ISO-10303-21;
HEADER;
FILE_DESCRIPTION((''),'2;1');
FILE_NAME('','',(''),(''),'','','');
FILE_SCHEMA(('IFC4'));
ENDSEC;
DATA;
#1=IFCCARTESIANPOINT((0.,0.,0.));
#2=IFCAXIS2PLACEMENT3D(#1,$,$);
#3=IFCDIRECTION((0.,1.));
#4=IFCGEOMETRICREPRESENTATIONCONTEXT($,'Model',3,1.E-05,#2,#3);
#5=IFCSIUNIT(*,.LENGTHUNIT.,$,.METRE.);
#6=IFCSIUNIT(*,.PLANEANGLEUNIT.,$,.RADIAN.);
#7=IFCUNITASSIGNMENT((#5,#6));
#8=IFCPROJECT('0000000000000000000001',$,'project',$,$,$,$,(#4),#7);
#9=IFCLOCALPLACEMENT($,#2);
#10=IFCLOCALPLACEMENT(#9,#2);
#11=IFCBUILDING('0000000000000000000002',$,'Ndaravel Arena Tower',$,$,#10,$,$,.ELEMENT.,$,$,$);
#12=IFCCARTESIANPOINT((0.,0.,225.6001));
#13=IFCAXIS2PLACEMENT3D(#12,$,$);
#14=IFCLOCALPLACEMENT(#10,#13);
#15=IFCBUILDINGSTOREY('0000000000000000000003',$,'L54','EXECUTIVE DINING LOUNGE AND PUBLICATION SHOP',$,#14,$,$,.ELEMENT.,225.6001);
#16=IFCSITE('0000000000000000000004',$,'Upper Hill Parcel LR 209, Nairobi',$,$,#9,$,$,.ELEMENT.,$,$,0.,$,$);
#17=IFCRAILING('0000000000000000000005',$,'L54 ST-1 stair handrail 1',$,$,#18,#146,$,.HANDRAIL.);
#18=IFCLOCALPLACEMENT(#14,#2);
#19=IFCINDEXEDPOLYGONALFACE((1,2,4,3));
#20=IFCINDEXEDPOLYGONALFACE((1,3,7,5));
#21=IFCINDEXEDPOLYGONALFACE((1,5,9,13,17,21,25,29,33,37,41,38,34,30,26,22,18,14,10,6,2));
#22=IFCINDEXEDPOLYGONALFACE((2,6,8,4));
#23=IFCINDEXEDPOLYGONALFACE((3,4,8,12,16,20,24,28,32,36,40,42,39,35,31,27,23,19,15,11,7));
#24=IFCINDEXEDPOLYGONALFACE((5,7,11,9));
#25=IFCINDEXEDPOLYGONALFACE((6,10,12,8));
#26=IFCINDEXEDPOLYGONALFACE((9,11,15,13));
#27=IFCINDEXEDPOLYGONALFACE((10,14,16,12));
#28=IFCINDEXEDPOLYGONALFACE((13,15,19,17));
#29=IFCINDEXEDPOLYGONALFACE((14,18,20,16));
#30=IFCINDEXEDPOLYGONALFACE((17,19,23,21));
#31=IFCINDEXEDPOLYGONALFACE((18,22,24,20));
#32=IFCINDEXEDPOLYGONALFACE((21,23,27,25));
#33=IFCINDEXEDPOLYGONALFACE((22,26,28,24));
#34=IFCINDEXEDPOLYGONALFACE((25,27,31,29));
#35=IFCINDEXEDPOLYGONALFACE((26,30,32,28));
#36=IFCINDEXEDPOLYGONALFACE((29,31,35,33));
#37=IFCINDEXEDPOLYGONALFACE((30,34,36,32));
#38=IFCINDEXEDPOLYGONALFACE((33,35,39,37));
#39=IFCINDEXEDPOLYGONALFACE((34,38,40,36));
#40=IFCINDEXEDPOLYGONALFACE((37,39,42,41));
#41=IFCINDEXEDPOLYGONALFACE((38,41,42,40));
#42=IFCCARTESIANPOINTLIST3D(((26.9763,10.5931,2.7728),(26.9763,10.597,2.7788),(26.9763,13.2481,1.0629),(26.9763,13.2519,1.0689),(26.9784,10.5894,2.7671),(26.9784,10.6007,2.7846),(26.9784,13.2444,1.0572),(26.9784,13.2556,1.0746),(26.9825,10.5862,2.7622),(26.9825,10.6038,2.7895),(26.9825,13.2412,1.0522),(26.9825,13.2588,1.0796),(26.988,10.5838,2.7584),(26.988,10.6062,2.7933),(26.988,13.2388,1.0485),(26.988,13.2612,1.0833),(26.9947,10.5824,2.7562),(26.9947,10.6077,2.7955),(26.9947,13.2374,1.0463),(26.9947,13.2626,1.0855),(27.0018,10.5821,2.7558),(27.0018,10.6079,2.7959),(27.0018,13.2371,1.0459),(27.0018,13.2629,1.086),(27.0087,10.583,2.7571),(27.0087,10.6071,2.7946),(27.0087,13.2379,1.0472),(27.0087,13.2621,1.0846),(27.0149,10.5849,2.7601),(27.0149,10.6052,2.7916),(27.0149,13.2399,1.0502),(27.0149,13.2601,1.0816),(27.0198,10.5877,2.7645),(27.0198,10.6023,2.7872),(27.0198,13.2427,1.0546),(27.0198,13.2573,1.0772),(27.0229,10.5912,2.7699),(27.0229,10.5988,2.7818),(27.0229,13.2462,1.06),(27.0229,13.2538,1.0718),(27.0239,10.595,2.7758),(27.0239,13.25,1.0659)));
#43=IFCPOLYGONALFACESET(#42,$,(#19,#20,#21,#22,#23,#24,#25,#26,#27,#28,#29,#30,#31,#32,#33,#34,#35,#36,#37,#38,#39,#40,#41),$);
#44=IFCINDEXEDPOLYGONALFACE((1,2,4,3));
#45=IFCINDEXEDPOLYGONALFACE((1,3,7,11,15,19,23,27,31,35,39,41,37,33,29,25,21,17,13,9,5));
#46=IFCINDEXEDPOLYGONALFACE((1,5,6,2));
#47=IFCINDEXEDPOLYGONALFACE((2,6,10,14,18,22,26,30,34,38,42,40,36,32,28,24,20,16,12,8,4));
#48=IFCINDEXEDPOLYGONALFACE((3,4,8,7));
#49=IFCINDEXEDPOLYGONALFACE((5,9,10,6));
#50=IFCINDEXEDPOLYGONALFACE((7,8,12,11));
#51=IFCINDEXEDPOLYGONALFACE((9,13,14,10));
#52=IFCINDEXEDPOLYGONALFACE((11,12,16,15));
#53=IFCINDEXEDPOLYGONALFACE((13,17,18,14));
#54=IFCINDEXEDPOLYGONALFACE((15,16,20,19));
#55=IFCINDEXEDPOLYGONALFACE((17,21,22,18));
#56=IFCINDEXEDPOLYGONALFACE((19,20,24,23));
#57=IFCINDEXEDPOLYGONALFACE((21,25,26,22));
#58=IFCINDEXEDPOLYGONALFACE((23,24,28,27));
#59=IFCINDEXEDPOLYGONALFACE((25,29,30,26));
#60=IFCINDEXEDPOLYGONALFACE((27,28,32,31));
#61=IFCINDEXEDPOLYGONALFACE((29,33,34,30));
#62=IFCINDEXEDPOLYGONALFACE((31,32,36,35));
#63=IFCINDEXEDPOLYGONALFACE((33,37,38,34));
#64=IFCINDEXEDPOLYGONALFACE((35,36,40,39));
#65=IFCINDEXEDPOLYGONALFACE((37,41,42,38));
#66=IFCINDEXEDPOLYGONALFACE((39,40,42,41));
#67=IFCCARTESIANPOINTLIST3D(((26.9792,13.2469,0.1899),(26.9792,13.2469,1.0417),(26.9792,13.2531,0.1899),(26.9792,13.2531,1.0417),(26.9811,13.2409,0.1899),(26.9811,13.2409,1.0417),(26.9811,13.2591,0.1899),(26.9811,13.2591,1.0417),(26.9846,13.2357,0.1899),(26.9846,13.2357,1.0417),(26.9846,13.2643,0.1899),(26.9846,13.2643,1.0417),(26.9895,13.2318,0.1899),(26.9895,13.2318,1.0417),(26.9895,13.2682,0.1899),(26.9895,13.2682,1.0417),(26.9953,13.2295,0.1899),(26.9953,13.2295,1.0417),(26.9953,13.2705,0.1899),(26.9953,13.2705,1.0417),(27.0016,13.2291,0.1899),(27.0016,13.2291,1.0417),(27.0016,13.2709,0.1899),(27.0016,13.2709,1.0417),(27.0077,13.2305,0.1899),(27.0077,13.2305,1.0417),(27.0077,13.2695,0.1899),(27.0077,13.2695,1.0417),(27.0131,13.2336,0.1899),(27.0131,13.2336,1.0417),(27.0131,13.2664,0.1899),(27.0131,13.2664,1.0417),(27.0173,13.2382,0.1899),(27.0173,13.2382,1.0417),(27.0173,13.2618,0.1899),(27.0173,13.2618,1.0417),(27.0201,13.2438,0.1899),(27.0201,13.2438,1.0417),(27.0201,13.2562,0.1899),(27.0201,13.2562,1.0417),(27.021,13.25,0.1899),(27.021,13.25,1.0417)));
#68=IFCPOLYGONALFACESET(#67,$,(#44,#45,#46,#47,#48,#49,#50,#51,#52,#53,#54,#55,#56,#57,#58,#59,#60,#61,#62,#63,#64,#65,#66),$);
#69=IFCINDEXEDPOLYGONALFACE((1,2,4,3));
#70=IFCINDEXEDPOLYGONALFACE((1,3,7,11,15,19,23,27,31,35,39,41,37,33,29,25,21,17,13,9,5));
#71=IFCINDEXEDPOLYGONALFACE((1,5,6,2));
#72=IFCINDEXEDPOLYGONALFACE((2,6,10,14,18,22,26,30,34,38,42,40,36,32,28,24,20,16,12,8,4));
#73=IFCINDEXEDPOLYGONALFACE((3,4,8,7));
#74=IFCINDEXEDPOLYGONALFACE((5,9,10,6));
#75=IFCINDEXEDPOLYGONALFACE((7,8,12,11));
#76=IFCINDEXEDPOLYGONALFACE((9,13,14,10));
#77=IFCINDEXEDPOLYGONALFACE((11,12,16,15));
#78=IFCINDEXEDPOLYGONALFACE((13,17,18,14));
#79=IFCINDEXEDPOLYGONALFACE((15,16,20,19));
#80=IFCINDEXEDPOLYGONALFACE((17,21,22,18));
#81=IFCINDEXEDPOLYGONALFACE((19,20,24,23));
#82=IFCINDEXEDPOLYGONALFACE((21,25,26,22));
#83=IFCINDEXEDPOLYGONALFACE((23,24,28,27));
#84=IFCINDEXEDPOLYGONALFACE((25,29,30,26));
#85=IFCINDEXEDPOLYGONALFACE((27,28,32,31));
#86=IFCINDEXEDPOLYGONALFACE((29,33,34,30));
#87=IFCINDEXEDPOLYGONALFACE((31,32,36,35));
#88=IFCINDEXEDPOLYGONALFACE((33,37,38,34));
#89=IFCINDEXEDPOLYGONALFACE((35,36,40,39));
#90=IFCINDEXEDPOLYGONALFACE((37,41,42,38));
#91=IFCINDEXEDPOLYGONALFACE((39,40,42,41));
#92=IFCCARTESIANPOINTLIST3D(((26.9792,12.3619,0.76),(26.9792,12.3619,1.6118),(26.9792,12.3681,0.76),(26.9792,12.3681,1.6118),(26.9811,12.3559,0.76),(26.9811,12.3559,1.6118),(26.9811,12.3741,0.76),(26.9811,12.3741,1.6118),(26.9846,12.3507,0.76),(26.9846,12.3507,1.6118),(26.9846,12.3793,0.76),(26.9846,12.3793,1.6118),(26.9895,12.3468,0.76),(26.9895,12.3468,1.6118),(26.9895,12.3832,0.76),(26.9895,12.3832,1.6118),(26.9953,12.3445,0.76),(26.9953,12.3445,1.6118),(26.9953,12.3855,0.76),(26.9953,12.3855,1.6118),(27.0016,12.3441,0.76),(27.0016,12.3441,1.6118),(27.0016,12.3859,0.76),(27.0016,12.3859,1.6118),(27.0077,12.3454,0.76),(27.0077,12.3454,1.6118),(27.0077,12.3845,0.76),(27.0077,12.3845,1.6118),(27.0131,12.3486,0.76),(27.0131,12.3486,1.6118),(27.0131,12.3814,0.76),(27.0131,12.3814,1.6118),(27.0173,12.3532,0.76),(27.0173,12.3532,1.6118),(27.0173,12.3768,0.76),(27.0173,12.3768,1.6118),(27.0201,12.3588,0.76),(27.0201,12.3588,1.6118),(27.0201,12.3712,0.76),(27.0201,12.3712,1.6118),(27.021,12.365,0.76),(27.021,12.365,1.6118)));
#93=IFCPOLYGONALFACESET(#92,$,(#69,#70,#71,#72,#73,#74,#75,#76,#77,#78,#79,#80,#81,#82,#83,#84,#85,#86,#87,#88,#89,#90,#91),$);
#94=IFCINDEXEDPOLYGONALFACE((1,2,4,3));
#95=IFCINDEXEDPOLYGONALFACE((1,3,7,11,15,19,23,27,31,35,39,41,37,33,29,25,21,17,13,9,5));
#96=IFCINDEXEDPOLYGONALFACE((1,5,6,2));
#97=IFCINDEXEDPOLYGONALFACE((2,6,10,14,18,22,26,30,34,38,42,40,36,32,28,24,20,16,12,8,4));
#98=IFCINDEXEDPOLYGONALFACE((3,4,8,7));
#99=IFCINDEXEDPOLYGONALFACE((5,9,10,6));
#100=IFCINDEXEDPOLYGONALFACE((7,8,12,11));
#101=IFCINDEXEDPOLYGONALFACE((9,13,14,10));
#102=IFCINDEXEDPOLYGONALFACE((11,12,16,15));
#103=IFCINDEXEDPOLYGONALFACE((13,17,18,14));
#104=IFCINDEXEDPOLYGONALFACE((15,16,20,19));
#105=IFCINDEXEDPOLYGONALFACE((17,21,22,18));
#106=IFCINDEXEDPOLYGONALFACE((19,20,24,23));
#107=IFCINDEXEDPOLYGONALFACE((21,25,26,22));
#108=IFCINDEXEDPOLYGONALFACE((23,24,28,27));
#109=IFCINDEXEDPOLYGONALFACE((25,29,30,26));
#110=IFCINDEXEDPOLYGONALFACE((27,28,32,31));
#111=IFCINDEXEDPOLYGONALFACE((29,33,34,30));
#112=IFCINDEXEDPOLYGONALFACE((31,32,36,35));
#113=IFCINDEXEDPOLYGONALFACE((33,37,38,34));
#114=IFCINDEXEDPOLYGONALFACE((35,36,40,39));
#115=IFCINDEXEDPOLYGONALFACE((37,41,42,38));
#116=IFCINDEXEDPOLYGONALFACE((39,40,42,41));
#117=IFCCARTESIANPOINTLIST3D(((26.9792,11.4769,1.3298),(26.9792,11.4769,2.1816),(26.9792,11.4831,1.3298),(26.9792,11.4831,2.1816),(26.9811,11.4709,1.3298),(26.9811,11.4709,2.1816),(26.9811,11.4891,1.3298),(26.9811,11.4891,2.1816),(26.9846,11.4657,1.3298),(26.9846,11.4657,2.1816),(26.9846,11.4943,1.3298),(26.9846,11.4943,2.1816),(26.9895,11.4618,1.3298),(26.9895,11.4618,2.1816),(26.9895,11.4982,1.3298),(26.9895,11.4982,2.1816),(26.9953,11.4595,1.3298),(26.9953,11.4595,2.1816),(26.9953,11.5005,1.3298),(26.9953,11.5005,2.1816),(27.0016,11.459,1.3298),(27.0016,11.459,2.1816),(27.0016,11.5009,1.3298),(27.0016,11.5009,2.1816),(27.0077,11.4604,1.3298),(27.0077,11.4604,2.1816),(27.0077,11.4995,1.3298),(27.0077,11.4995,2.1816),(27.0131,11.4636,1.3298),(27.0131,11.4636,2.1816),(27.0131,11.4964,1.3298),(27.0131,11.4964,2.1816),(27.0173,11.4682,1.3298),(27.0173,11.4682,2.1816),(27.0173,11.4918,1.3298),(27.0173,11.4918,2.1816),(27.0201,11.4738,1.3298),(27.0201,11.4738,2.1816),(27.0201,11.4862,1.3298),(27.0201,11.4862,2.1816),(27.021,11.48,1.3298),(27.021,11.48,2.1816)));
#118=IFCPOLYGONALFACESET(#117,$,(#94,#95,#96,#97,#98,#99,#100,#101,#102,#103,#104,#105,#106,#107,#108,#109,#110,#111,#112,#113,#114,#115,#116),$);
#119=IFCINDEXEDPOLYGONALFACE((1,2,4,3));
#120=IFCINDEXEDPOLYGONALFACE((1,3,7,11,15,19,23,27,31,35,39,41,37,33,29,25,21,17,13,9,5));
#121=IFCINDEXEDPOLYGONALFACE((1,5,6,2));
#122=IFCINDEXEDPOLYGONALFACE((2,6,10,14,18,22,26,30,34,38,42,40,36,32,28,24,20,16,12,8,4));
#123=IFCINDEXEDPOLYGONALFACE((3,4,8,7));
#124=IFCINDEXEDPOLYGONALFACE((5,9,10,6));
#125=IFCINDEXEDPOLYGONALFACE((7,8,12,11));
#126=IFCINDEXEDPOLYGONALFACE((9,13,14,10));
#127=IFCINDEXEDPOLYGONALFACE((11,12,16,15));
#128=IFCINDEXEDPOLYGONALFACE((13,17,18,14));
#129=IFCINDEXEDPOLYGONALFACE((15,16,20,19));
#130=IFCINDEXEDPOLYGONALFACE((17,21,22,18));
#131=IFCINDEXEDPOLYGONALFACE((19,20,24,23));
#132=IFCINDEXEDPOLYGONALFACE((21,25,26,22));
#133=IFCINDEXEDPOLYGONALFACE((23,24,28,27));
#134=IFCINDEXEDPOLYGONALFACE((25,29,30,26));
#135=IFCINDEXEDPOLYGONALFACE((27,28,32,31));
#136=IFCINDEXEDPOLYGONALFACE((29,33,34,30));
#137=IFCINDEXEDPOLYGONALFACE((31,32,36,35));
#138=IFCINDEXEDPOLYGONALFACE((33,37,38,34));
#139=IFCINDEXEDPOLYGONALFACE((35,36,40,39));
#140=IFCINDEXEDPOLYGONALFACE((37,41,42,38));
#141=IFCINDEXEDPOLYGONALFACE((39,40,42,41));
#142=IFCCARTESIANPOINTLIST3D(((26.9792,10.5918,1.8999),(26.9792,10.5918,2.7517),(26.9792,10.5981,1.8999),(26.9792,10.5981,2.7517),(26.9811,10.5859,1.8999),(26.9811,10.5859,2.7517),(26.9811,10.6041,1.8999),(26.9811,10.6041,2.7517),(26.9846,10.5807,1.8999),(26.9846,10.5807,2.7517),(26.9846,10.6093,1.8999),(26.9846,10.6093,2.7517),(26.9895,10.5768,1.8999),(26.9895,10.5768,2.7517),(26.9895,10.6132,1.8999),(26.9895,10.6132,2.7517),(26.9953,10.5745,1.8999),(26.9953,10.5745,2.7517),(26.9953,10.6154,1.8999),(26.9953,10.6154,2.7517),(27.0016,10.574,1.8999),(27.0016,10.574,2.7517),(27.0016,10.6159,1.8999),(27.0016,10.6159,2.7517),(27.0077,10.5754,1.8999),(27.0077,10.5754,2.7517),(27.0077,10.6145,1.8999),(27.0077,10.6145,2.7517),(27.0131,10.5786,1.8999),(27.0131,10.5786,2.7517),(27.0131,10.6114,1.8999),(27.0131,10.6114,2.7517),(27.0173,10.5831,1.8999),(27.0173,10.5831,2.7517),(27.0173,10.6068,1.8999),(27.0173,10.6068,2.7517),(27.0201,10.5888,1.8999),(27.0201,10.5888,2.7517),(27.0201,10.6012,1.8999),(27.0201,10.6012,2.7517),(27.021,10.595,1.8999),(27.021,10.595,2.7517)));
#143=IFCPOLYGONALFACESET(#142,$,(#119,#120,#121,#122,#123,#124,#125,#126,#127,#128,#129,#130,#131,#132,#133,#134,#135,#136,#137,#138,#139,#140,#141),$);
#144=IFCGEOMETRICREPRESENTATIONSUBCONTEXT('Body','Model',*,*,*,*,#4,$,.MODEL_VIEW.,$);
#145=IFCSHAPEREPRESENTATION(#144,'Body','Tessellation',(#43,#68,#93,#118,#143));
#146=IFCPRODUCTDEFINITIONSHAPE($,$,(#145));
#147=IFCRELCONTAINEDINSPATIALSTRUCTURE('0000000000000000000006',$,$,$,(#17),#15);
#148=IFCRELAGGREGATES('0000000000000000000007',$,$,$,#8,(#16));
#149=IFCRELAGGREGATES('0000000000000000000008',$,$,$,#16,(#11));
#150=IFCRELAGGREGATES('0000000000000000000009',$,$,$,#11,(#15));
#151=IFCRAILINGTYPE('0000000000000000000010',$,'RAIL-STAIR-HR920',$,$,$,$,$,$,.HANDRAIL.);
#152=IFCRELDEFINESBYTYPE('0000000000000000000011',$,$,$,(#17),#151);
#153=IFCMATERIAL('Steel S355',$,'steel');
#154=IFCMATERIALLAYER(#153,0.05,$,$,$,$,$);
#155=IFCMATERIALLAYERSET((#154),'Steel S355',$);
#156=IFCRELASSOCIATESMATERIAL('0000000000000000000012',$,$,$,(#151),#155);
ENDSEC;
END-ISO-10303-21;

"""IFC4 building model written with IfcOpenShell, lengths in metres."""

from ifc_helpers import new_model, si_unit, direction, frame, origin, origin_2d, place, context, subcontext, project, spatial, circle, extrude, material, layer, layer_set, type_object, element, save


model = new_model("IFC4")

# Units and contexts
model_context = context("Model", 3, precision=1e-05, world=origin(), true_north=direction((0.0, 1.0)))
body_context = subcontext(model_context, "Body", "Model", "MODEL_VIEW")
ifc_project = project(units=[si_unit("LENGTHUNIT", "METRE"), si_unit("PLANEANGLEUNIT", "RADIAN")], contexts=[model_context])

# Site, building, storey
site_placement = place(None, origin())
site = spatial("IfcSite", under=ifc_project, at=site_placement, Name="Upper Hill Parcel LR 209, Nairobi", CompositionType="ELEMENT", RefElevation=0.0)
building_placement = place(site_placement, origin())
building = spatial("IfcBuilding", under=site, at=building_placement, Name="Ndaravel Arena Tower", CompositionType="ELEMENT")
storey_placement = place(building_placement, frame((0.0, 0.0, 225.6001)))
storey = spatial("IfcBuildingStorey", under=building, at=storey_placement, Name="L54", Description="EXECUTIVE DINING LOUNGE AND PUBLICATION SHOP", CompositionType="ELEMENT", Elevation=225.6001)

# Railing
ifc_material_1 = material(Name="Steel S355", Category="steel")
ifc_layer_1 = layer(ifc_material_1, 0.05)
ifc_layer_set_1 = layer_set([ifc_layer_1], Name="Steel S355")
railing_type_1 = type_object("IfcRailingType", Name="RAIL-STAIR-HR920", PredefinedType="HANDRAIL", material=ifc_layer_set_1)
railing_1_placement = place(storey_placement, frame((27.0, 13.25, 0.1899)))
element("IfcRailing", 1, at=railing_1_placement, inside=storey, type_object=railing_type_1, Name="L54 ST-1 stair handrail 1", PredefinedType="HANDRAIL", context=body_context, shape_type="SweptSolid", body=[
    extrude(circle(Radius=0.0239, at=origin_2d()), frame((0.0, 0.0, 0.876), z_axis=(0.0, -0.840724, 0.541465), x_axis=(1.0, 0.0, 0.0)), (0.0, 0.0, 1.0), 3.158),
    extrude(circle(Radius=0.021, at=origin_2d()), origin(), (0.0, 0.0, 1.0), 0.8518),
    extrude(circle(Radius=0.021, at=origin_2d()), frame((0.0, -0.885, 0.5701)), (0.0, 0.0, 1.0), 0.8518),
    extrude(circle(Radius=0.021, at=origin_2d()), frame((0.0, -1.77, 1.1399)), (0.0, 0.0, 1.0), 0.8518),
    extrude(circle(Radius=0.021, at=origin_2d()), frame((0.0, -2.655, 1.71)), (0.0, 0.0, 1.0), 0.8518),
])

save(model, "model.ifc")
